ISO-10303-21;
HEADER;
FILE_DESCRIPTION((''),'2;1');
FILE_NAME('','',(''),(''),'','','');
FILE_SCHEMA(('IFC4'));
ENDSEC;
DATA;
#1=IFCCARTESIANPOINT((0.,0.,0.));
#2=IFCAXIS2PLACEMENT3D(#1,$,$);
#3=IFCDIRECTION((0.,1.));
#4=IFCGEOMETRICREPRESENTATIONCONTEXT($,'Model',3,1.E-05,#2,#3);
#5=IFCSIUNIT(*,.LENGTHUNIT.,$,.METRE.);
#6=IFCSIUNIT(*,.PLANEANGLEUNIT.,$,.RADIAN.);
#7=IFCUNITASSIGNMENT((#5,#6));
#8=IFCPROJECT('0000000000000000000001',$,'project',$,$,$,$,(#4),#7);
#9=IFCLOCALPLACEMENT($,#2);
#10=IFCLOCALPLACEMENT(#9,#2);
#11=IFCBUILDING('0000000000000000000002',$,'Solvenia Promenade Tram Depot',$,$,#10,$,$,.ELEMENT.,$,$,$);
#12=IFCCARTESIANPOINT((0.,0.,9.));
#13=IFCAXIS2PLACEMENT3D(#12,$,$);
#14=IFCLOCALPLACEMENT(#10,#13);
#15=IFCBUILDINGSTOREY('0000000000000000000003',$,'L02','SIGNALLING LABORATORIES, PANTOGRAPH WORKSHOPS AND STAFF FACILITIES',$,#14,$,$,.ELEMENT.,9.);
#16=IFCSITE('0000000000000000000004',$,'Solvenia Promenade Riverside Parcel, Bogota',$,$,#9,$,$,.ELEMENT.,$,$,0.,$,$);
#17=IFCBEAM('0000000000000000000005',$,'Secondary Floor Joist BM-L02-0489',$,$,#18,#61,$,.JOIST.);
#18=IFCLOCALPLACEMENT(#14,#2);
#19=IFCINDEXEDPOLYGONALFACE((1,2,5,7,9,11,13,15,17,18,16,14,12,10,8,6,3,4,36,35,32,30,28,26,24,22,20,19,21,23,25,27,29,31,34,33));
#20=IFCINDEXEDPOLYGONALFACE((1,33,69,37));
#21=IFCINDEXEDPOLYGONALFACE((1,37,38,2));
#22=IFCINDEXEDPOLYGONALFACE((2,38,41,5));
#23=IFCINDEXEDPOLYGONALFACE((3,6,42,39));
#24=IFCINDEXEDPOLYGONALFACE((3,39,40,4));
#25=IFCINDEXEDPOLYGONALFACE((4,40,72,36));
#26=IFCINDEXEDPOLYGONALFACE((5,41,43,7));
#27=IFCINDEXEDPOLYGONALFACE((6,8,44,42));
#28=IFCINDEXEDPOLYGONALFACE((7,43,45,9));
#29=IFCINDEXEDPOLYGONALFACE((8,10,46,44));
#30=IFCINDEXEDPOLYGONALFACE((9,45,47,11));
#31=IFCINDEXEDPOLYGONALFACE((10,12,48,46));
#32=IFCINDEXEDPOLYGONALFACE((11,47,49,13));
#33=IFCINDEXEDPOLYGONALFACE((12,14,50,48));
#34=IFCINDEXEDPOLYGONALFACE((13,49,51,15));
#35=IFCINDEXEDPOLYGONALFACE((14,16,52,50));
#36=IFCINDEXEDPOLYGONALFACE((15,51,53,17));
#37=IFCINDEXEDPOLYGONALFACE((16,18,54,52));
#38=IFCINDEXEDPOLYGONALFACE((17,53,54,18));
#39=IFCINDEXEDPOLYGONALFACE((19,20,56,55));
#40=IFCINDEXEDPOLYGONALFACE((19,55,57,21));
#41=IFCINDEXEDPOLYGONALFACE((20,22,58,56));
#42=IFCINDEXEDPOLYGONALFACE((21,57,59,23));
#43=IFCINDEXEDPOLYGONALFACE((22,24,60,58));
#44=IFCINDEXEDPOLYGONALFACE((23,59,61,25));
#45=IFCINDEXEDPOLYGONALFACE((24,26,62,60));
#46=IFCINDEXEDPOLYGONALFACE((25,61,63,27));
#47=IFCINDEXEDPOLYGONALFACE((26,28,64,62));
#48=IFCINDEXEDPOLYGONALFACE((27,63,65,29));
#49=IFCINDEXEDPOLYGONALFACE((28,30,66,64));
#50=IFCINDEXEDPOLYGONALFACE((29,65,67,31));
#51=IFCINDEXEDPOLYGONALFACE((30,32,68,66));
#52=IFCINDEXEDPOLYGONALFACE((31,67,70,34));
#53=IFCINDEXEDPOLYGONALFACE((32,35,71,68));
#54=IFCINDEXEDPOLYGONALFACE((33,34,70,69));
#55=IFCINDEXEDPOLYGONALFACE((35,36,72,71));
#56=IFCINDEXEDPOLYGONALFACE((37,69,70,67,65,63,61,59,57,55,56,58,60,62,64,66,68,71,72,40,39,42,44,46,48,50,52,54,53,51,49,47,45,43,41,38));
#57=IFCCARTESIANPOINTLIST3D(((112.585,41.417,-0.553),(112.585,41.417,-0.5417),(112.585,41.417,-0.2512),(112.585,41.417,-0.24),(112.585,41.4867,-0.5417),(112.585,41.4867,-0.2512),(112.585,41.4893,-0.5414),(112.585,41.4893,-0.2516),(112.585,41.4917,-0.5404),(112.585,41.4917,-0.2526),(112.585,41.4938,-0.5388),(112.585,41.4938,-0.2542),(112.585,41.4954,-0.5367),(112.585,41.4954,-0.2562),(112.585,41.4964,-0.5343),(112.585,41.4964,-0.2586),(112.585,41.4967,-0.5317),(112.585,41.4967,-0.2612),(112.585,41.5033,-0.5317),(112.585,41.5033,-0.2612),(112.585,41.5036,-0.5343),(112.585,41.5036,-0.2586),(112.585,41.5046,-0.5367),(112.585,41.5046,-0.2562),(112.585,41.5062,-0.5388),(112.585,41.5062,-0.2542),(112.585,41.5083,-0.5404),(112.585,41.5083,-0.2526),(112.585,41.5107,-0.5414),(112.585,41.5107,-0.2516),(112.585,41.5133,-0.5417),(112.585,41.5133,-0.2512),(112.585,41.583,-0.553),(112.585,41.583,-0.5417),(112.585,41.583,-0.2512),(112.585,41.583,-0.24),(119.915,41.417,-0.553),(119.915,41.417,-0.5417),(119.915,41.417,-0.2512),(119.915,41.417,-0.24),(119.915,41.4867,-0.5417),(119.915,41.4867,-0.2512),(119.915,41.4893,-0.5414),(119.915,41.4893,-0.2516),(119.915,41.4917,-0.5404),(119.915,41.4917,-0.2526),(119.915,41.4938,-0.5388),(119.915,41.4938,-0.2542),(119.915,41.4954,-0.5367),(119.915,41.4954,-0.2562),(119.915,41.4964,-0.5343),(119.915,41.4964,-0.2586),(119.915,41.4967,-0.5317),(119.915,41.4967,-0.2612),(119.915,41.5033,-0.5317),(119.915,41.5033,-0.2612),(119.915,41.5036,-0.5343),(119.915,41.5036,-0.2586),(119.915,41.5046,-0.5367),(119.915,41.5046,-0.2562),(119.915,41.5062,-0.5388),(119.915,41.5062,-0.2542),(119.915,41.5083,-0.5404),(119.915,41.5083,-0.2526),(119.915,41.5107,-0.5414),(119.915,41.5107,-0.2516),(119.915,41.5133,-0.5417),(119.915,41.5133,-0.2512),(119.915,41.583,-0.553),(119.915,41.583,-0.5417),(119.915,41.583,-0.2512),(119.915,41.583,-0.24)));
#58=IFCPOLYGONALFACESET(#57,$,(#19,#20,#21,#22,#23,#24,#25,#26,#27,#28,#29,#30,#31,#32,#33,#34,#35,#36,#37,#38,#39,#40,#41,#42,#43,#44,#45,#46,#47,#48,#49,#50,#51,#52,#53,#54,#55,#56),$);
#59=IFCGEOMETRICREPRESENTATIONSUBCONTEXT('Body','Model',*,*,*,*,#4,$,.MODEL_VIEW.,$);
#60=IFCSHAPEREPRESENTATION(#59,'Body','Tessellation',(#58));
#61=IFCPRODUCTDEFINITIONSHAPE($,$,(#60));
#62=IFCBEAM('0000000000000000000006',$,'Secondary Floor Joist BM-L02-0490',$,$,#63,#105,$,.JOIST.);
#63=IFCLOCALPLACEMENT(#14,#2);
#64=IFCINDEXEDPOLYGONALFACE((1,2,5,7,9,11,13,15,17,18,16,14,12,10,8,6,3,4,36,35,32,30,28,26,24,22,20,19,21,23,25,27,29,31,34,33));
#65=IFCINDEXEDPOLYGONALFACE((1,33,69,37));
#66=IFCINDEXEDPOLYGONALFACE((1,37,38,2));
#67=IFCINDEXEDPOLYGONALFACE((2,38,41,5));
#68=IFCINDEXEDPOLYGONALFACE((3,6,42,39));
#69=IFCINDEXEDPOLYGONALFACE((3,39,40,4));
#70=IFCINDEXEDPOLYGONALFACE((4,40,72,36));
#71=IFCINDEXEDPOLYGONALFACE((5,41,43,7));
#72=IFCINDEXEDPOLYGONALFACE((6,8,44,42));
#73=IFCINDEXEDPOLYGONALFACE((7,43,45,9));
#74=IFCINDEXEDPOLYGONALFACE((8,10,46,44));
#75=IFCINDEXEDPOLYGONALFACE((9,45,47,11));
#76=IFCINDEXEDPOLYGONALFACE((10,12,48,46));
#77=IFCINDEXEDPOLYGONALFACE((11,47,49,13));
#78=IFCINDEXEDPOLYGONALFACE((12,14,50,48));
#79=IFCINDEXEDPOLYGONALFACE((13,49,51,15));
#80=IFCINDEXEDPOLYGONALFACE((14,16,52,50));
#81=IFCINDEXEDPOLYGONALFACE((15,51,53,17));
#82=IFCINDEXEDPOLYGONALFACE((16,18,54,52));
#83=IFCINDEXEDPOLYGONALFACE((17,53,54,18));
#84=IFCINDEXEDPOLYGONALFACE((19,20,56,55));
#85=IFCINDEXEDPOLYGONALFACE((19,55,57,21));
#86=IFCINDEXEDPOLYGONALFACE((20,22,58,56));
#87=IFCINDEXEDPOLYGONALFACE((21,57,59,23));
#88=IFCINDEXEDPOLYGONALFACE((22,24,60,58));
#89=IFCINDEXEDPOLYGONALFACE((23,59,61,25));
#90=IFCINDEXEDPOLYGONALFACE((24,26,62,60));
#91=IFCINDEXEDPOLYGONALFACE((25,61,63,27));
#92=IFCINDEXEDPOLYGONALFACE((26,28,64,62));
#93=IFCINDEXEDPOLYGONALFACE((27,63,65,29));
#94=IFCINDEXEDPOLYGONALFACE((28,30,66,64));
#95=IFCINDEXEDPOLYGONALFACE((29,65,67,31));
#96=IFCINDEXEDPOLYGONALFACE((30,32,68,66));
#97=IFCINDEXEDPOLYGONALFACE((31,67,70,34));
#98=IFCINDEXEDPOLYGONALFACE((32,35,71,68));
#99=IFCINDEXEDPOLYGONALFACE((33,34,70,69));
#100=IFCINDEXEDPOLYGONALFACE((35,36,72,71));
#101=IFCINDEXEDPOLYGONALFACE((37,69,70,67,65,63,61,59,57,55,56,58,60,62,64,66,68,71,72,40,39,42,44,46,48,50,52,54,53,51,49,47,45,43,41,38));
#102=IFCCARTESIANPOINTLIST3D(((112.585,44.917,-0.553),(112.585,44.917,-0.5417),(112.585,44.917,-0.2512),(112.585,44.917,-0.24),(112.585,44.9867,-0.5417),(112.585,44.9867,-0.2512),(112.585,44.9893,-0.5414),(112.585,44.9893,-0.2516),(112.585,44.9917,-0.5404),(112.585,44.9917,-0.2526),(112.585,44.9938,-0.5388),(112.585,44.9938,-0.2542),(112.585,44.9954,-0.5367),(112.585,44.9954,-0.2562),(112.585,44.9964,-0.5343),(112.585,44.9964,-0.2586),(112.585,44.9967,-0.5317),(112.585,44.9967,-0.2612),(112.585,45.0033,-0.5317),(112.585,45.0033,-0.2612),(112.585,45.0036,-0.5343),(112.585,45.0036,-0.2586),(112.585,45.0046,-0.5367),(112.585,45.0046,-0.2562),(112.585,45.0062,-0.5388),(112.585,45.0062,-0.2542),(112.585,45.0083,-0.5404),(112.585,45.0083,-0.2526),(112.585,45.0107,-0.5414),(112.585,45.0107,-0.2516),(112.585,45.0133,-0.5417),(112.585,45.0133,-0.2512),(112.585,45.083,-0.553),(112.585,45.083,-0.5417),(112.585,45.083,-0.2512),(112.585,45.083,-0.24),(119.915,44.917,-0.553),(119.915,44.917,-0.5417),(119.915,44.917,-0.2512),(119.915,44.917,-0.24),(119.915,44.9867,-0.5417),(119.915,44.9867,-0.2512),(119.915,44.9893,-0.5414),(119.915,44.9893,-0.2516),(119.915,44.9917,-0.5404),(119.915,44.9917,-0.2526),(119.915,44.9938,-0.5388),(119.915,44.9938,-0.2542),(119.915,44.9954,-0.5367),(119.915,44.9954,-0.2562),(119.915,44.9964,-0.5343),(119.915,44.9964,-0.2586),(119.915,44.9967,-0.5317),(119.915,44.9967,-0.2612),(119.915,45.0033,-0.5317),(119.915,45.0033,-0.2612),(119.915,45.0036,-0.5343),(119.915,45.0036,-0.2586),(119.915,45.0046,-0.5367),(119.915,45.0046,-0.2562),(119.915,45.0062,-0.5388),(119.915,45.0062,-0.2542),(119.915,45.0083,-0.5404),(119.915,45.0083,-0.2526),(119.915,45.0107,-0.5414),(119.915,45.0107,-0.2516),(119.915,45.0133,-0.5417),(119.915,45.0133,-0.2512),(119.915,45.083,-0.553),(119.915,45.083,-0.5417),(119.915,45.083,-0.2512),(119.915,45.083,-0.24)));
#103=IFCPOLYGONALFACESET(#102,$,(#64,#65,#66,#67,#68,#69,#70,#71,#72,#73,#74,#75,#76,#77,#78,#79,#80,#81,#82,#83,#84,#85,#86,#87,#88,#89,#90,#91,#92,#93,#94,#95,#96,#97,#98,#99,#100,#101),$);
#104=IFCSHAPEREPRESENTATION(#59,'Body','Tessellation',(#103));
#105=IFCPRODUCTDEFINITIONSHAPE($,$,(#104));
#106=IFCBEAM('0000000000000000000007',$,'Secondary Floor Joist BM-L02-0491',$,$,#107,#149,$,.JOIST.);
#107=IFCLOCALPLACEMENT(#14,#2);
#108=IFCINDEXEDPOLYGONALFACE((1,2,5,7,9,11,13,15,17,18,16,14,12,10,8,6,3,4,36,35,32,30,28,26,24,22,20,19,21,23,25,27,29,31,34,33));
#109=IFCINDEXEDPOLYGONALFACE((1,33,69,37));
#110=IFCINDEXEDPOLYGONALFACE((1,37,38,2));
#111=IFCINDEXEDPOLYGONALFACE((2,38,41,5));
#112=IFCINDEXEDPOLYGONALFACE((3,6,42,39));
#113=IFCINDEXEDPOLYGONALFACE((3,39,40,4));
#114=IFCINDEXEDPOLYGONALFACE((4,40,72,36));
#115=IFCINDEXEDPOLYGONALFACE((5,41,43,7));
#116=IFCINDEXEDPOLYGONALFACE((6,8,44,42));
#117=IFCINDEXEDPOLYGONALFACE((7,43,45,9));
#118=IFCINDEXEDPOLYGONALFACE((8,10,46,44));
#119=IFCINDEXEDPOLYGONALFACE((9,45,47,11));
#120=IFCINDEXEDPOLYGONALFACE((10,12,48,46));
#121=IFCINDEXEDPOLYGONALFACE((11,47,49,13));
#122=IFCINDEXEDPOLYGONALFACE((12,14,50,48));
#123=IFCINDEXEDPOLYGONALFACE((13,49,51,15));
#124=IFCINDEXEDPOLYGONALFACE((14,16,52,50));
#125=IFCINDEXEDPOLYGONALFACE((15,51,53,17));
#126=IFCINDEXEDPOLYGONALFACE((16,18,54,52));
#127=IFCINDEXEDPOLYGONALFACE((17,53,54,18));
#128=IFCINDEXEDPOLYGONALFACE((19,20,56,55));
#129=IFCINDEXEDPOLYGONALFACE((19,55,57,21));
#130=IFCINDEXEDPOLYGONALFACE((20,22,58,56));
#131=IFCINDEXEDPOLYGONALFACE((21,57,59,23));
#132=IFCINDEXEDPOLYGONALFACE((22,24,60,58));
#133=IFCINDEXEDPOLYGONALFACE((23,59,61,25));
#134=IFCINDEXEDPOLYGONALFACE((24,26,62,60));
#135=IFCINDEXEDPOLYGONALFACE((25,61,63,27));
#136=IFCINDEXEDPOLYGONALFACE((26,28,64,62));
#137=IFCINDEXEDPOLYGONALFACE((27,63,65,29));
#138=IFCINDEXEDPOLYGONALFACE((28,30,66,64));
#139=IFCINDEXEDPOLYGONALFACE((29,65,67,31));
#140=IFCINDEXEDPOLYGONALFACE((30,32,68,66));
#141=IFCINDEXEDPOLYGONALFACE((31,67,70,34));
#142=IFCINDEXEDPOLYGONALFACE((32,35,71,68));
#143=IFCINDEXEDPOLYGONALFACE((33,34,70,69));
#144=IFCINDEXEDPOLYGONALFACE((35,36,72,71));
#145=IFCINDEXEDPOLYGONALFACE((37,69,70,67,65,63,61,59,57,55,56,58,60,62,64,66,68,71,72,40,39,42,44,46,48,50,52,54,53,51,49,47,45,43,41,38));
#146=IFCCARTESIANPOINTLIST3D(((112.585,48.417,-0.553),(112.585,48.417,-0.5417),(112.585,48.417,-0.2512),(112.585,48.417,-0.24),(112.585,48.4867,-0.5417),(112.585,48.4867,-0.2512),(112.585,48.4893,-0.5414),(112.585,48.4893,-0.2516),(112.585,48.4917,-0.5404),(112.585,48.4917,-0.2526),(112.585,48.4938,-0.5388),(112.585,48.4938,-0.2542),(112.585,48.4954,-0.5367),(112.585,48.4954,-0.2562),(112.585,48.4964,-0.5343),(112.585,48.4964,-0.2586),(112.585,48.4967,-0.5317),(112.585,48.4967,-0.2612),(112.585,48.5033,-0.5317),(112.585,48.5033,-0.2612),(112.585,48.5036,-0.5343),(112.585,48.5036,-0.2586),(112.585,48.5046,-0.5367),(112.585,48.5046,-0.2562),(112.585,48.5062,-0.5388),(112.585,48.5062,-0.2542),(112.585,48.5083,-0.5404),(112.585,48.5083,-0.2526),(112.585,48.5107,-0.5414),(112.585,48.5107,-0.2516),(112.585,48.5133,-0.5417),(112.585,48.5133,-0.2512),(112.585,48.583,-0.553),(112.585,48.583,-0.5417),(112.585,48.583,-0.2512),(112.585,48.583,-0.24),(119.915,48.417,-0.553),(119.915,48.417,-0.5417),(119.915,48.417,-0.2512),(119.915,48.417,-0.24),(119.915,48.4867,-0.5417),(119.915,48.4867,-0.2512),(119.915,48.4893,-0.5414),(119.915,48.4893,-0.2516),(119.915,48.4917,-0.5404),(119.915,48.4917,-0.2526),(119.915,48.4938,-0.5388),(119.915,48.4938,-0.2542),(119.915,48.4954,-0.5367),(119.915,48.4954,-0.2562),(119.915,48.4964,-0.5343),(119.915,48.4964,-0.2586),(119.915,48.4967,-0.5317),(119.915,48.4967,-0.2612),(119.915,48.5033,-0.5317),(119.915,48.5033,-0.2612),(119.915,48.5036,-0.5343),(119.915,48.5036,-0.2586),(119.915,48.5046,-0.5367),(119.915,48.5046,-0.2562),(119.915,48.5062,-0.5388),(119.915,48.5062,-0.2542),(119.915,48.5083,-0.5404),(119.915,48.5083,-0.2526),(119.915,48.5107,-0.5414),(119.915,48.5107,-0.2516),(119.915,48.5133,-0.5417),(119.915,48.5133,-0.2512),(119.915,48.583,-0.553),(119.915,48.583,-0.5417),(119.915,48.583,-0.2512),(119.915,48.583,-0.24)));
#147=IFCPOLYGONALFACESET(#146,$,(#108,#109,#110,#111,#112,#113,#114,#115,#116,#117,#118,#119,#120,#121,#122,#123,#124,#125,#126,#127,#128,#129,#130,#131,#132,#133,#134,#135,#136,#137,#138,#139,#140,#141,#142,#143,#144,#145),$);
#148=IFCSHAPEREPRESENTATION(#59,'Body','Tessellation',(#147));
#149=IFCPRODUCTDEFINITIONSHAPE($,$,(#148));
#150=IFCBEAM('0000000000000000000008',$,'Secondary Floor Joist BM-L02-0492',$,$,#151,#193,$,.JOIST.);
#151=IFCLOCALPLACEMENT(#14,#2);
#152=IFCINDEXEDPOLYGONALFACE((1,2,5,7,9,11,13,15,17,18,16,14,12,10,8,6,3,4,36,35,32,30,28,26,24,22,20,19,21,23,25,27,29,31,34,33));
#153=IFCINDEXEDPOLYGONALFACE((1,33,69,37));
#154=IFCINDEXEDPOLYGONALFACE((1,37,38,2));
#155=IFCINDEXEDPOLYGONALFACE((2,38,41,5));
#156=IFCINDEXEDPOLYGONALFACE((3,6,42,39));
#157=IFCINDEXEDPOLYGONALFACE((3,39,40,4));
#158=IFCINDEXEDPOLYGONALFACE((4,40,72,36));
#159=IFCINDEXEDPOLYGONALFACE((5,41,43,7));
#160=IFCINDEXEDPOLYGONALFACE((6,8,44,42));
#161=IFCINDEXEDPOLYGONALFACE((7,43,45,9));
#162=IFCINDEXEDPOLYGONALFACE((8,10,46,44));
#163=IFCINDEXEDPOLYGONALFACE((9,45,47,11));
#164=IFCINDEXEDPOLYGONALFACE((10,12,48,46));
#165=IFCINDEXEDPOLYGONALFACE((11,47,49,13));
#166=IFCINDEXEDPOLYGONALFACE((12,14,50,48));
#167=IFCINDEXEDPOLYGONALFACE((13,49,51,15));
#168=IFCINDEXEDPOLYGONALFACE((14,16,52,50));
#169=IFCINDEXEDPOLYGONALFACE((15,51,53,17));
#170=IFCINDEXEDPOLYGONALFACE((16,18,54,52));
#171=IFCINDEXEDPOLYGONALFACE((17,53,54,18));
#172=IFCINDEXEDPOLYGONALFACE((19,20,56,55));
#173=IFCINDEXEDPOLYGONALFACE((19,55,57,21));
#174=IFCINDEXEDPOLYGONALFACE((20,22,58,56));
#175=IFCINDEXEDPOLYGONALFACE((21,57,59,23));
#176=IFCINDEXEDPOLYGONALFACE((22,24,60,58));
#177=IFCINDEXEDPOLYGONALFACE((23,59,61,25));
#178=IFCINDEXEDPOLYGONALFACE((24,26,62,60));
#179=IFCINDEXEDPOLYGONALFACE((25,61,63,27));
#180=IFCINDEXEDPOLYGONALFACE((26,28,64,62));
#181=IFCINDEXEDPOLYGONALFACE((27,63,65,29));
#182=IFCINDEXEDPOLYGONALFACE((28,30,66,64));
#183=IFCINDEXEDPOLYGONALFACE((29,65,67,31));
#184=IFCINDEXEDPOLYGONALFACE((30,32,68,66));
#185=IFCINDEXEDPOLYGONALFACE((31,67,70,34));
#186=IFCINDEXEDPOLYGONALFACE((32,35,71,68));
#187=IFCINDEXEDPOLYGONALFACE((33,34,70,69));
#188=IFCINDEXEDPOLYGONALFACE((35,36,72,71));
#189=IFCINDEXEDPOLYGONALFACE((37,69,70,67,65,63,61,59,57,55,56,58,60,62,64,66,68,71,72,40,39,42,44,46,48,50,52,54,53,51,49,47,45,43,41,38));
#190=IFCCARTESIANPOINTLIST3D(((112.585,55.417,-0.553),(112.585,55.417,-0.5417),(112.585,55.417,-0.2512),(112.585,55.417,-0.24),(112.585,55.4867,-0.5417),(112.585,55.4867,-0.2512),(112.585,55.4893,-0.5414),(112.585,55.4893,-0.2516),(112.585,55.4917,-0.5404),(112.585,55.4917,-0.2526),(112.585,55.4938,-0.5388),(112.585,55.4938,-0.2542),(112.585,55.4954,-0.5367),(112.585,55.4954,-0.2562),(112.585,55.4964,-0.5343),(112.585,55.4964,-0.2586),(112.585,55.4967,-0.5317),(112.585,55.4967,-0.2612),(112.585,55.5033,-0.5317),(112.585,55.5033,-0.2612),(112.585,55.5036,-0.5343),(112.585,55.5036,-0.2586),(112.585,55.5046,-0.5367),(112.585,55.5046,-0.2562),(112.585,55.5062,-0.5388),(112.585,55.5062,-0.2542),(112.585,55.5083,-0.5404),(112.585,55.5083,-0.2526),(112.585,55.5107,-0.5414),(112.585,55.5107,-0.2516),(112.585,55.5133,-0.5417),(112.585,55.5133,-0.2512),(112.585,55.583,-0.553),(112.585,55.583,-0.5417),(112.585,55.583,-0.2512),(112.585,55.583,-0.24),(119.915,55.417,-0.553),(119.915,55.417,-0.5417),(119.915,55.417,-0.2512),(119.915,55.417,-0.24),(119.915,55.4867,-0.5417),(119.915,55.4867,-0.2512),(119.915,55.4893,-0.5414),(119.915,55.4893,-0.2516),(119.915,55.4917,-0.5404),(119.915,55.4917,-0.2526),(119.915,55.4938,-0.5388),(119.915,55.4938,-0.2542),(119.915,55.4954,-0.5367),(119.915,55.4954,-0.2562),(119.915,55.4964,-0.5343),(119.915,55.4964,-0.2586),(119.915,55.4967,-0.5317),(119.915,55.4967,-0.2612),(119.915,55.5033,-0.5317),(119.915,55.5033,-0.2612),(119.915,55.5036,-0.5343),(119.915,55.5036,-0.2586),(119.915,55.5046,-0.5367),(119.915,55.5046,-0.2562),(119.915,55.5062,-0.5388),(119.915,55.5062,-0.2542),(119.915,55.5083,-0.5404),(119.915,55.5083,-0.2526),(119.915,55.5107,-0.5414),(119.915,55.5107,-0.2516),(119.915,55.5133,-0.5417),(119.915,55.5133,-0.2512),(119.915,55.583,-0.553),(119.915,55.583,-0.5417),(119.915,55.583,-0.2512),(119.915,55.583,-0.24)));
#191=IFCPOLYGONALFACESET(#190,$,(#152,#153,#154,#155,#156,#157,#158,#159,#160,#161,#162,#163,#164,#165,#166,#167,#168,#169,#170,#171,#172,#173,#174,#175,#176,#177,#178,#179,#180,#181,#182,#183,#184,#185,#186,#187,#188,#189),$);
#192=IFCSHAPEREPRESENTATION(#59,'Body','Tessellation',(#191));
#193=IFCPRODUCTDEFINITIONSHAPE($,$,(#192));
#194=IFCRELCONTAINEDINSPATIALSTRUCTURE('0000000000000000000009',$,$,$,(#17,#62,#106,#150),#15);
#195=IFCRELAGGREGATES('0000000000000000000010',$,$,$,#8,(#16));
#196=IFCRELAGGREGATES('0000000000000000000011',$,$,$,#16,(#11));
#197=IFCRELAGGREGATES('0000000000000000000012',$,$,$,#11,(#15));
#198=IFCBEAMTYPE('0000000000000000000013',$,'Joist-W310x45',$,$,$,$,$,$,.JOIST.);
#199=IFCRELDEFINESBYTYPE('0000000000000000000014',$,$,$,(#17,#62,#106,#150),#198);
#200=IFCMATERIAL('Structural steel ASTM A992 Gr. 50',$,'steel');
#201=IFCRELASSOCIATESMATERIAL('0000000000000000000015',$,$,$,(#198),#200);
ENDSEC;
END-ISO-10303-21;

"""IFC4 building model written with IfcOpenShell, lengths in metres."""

from ifc_helpers import new_model, si_unit, direction, frame, origin, origin_2d, place, context, subcontext, project, spatial, i_section, extrude, material, material_profile, profile_set, type_object, element, save


model = new_model("IFC4")

# Units and contexts
model_context = context("Model", 3, precision=1e-05, world=origin(), true_north=direction((0.0, 1.0)))
body_context = subcontext(model_context, "Body", "Model", "MODEL_VIEW")
ifc_project = project(units=[si_unit("LENGTHUNIT", "METRE"), si_unit("PLANEANGLEUNIT", "RADIAN")], contexts=[model_context])

# Site, building, storey
site_placement = place(None, origin())
site = spatial("IfcSite", under=ifc_project, at=site_placement, Name="Solvenia Promenade Riverside Parcel, Bogota", CompositionType="ELEMENT", RefElevation=0.0)
building_placement = place(site_placement, origin())
building = spatial("IfcBuilding", under=site, at=building_placement, Name="Solvenia Promenade Tram Depot", CompositionType="ELEMENT")
storey_placement = place(building_placement, frame((0.0, 0.0, 9.0)))
storey = spatial("IfcBuildingStorey", under=building, at=storey_placement, Name="L02", Description="SIGNALLING LABORATORIES, PANTOGRAPH WORKSHOPS AND STAFF FACILITIES", CompositionType="ELEMENT", Elevation=9.0)

# Shared definitions
ifc_material_1 = material(Name="Structural steel ASTM A992 Gr. 50", Category="steel")

# Beams
ifc_material_profile_1 = material_profile(ifc_material_1, i_section(OverallWidth=0.166, OverallDepth=0.313, WebThickness=0.0066, FlangeThickness=0.0112, FilletRadius=0.01, at=origin_2d()), Name="W310x45", Category="steel")
ifc_profile_set_1 = profile_set([ifc_material_profile_1], Name="Structural steel ASTM A992 Gr. 50")
beam_type_1 = type_object("IfcBeamType", Name="Joist-W310x45", PredefinedType="JOIST", material=ifc_profile_set_1)
for number, where, z_axis, x_axis, name in (
    (1, (112.585, 41.5, -0.3965), (1.0, 0.0, 0.0), (0.0, 1.0, 0.0), "Secondary Floor Joist BM-L02-0489"),
    (2, (112.585, 45.0, -0.3965), (1.0, 0.0, 0.0), (0.0, 1.0, 0.0), "Secondary Floor Joist BM-L02-0490"),
    (3, (112.585, 48.5, -0.3965), (1.0, 0.0, 0.0), (0.0, 1.0, 0.0), "Secondary Floor Joist BM-L02-0491"),
    (4, (112.585, 55.5, -0.3965), (1.0, 0.0, 0.0), (0.0, 1.0, 0.0), "Secondary Floor Joist BM-L02-0492"),
):
    element("IfcBeam", number, at=place(storey_placement, frame(where, z_axis=z_axis, x_axis=x_axis)), inside=storey, type_object=beam_type_1, Name=name, PredefinedType="JOIST", context=body_context, shape_type="SweptSolid", body=[
        extrude(i_section(OverallWidth=0.166, OverallDepth=0.313, WebThickness=0.0066, FlangeThickness=0.0112, FilletRadius=0.01, at=origin_2d()), origin(), (0.0, 0.0, 1.0), 7.3301),
    ])

save(model, "model.ifc")
